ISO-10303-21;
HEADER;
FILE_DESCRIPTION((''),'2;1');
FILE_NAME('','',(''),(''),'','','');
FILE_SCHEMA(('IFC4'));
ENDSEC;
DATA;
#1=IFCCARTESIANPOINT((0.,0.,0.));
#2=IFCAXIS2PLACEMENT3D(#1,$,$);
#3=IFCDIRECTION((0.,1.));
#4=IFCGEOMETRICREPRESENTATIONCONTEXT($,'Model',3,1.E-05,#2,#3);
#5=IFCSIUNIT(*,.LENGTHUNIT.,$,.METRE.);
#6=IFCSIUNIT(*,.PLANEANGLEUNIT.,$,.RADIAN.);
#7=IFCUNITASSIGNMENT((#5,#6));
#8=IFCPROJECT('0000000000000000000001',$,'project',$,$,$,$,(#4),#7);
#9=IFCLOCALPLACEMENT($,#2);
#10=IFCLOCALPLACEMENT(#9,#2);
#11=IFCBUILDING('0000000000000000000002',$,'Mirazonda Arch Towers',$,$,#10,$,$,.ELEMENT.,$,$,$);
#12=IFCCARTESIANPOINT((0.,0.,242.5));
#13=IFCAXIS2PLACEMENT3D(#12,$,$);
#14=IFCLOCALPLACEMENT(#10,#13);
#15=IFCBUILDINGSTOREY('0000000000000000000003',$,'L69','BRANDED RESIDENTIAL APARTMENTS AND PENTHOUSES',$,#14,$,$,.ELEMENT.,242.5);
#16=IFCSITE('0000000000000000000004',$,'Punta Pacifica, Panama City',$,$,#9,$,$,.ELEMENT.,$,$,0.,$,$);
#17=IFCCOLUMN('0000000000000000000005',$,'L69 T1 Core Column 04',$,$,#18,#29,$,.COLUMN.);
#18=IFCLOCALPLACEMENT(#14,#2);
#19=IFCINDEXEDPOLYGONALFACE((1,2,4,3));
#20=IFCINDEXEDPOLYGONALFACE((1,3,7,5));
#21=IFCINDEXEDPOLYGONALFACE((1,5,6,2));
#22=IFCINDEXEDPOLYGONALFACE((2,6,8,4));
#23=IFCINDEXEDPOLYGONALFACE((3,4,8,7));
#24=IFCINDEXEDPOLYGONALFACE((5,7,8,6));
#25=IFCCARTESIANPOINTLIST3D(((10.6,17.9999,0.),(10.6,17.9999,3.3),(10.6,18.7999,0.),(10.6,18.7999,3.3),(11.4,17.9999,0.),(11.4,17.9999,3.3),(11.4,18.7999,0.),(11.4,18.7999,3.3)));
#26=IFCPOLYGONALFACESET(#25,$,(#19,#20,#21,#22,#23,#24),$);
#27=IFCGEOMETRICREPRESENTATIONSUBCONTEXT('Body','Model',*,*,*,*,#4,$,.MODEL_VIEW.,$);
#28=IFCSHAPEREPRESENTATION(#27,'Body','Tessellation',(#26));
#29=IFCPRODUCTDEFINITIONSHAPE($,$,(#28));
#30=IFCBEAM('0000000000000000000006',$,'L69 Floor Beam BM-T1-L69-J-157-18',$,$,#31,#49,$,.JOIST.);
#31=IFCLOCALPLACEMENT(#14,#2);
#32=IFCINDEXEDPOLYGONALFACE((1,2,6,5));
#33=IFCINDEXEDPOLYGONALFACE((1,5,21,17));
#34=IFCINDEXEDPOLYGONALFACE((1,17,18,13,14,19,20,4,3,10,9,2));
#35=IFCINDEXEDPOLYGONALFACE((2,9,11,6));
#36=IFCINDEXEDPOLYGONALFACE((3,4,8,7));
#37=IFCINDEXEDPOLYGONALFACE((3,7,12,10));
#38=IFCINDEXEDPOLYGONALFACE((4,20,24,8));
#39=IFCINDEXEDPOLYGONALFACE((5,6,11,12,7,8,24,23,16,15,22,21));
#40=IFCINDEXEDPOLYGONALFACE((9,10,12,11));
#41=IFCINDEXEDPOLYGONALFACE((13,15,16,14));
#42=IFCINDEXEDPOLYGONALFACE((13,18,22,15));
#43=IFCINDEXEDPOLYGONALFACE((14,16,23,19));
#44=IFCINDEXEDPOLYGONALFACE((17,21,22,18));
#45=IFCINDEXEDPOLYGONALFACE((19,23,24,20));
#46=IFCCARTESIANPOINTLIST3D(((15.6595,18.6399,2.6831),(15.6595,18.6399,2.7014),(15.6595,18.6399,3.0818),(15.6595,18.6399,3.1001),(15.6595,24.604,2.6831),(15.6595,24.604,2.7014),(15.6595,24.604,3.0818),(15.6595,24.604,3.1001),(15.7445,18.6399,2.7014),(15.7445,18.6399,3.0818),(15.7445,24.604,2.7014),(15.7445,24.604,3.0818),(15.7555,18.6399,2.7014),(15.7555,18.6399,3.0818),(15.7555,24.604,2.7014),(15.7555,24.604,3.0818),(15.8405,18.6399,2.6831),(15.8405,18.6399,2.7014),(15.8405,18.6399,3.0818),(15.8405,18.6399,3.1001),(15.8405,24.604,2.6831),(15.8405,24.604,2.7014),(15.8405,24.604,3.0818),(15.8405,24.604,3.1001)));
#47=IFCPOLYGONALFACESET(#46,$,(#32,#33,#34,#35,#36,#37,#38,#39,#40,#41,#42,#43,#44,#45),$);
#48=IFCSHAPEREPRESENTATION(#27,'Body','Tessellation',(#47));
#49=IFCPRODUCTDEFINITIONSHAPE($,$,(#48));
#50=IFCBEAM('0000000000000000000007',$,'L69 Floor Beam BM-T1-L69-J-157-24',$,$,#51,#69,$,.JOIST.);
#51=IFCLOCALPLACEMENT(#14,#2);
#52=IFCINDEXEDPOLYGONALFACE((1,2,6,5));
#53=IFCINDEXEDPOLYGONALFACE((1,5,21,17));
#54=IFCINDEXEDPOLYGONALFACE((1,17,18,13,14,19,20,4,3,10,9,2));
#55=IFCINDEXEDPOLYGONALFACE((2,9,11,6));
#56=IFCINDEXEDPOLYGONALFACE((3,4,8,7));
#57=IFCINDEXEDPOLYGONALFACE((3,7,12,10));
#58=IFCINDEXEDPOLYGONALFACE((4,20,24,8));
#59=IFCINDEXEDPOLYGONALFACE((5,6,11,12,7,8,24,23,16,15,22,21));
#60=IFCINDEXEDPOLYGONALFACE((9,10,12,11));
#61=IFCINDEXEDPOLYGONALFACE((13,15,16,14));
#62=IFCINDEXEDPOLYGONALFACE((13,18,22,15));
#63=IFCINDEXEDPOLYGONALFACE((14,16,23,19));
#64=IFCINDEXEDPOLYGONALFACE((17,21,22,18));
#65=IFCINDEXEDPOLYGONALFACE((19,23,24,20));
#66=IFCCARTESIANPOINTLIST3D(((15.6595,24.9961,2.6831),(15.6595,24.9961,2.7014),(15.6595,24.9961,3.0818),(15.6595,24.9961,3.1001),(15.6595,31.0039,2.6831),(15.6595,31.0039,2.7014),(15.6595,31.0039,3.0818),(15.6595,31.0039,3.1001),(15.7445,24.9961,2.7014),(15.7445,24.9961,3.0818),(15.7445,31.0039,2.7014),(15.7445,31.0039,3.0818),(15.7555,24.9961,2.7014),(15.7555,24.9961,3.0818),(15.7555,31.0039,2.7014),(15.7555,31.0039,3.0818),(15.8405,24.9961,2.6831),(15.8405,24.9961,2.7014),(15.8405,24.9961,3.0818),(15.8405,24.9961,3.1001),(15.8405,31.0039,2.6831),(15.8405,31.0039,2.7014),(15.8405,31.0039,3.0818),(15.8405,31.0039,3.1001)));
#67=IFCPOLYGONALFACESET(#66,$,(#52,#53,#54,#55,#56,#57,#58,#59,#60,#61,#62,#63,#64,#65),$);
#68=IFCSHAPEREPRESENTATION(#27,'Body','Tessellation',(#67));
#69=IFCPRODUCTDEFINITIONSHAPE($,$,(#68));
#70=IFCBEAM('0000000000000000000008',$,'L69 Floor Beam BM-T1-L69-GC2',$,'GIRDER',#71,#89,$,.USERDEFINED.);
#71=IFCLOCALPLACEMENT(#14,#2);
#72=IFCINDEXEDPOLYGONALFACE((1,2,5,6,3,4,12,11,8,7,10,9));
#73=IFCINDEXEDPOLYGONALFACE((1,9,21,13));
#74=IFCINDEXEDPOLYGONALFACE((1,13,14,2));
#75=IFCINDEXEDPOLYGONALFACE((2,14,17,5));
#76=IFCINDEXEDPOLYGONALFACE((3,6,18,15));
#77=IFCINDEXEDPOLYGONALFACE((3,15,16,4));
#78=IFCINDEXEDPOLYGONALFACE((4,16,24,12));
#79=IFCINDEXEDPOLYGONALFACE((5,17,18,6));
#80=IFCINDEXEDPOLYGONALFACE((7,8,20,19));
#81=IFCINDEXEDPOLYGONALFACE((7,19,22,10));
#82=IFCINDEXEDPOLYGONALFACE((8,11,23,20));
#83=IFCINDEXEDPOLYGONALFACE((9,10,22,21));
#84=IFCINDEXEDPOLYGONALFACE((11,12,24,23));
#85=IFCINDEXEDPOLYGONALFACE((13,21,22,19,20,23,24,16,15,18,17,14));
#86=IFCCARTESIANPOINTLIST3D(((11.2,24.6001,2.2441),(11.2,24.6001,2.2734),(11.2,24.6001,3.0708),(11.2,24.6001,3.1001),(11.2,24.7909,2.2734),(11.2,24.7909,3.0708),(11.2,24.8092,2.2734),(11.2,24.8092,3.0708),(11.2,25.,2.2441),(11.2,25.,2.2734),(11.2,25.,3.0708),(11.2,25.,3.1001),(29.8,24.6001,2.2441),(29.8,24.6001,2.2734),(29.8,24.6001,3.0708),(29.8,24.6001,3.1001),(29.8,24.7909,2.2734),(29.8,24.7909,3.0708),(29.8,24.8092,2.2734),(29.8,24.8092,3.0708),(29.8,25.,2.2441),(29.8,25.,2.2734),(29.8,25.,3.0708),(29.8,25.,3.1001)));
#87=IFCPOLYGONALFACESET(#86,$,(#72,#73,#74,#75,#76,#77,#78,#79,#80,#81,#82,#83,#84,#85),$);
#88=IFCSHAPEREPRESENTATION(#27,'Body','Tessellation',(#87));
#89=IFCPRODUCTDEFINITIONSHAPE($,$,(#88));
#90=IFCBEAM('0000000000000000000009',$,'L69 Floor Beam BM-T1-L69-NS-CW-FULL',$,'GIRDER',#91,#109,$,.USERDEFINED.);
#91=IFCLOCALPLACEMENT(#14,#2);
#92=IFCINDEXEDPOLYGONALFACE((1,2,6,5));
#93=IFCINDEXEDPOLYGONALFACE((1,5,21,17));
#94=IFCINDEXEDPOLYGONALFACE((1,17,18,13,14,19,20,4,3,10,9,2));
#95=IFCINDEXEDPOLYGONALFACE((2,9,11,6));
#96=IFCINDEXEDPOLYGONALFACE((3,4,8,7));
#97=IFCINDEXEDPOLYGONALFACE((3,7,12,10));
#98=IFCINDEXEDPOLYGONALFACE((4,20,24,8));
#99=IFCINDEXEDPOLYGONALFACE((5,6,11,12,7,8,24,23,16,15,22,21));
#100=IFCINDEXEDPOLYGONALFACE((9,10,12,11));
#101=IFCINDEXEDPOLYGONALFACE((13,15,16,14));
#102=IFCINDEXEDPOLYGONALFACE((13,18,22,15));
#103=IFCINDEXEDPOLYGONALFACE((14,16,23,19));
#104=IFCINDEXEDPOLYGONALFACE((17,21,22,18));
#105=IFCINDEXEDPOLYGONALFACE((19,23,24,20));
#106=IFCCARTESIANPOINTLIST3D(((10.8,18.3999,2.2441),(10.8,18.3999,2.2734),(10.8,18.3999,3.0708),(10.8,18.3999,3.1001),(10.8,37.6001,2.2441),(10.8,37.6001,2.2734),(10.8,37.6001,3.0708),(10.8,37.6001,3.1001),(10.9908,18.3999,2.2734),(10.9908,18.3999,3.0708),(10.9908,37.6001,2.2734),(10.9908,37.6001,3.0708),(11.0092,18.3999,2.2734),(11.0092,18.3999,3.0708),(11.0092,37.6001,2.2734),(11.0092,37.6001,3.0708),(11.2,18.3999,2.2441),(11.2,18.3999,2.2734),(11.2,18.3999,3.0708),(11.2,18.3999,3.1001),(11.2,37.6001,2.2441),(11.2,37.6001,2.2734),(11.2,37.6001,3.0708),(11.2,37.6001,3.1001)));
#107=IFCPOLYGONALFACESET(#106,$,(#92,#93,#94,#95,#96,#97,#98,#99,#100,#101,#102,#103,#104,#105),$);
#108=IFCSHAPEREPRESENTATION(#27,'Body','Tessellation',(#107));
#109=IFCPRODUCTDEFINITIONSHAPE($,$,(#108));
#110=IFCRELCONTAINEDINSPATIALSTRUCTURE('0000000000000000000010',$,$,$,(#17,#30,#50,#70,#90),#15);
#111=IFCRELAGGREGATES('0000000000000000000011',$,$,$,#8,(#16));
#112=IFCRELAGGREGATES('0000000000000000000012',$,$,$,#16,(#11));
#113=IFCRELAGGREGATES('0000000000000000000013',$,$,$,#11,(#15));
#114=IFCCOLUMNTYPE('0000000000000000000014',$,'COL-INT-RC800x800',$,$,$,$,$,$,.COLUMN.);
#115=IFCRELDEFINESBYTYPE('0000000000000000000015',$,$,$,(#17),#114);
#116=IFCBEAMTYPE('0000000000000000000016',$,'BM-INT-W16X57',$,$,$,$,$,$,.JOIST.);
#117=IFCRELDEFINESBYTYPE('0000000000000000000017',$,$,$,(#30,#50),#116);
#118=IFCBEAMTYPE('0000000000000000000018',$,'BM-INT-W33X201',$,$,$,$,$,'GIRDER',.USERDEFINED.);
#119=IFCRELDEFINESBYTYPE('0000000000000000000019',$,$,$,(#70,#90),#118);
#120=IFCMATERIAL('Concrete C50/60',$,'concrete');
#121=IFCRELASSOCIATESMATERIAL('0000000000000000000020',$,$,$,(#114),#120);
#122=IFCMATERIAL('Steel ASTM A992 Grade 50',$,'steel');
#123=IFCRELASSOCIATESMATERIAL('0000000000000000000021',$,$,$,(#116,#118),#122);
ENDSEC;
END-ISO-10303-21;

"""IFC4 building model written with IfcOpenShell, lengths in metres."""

from ifc_helpers import new_model, si_unit, direction, frame, origin, origin_2d, place, context, subcontext, project, spatial, rectangle, i_section, extrude, material, material_profile, profile_set, type_object, element, save


model = new_model("IFC4")

# Units and contexts
model_context = context("Model", 3, precision=1e-05, world=origin(), true_north=direction((0.0, 1.0)))
body_context = subcontext(model_context, "Body", "Model", "MODEL_VIEW")
ifc_project = project(units=[si_unit("LENGTHUNIT", "METRE"), si_unit("PLANEANGLEUNIT", "RADIAN")], contexts=[model_context])

# Site, building, storey
site_placement = place(None, origin())
site = spatial("IfcSite", under=ifc_project, at=site_placement, Name="Punta Pacifica, Panama City", CompositionType="ELEMENT", RefElevation=0.0)
building_placement = place(site_placement, origin())
building = spatial("IfcBuilding", under=site, at=building_placement, Name="Mirazonda Arch Towers", CompositionType="ELEMENT")
storey_placement = place(building_placement, frame((0.0, 0.0, 242.5)))
storey = spatial("IfcBuildingStorey", under=building, at=storey_placement, Name="L69", Description="BRANDED RESIDENTIAL APARTMENTS AND PENTHOUSES", CompositionType="ELEMENT", Elevation=242.5)

# Column
ifc_material_1 = material(Name="Concrete C50/60", Category="concrete")
ifc_material_profile_1 = material_profile(ifc_material_1, rectangle(XDim=0.8, YDim=0.8, at=origin_2d()), Name="RC800x800")
ifc_profile_set_1 = profile_set([ifc_material_profile_1], Name="Concrete C50/60")
column_type = type_object("IfcColumnType", Name="COL-INT-RC800x800", PredefinedType="COLUMN", material=ifc_profile_set_1)
column_placement = place(storey_placement, frame((11.0, 18.3999, 0.0), z_axis=(0.0, 0.0, 1.0), x_axis=(1.0, 0.0, 0.0)))
element("IfcColumn", 1, at=column_placement, inside=storey, type_object=column_type, Name="L69 T1 Core Column 04", PredefinedType="COLUMN", context=body_context, shape_type="SweptSolid", body=[
    extrude(rectangle(XDim=0.8, YDim=0.8, at=origin_2d()), origin(), (0.0, 0.0, 1.0), 3.3),
])

# Beams
ifc_material_2 = material(Name="Steel ASTM A992 Grade 50", Category="steel")
ifc_material_profile_2 = material_profile(ifc_material_2, i_section(OverallWidth=0.1809, OverallDepth=0.417, WebThickness=0.011, FlangeThickness=0.0183, at=origin_2d()), Name="W16X57")
ifc_profile_set_2 = profile_set([ifc_material_profile_2], Name="Steel ASTM A992 Grade 50")
beam_type_1 = type_object("IfcBeamType", Name="BM-INT-W16X57", PredefinedType="JOIST", material=ifc_profile_set_2)
beam_1_placement = place(storey_placement, frame((15.75, 18.6399, 2.8916), z_axis=(0.0, 1.0, 0.0), x_axis=(-1.0, 0.0, 0.0)))
element("IfcBeam", 2, at=beam_1_placement, inside=storey, type_object=beam_type_1, Name="L69 Floor Beam BM-T1-L69-J-157-18", PredefinedType="JOIST", context=body_context, shape_type="SweptSolid", body=[
    extrude(i_section(OverallWidth=0.1809, OverallDepth=0.417, WebThickness=0.011, FlangeThickness=0.0183, at=origin_2d()), origin(), (0.0, 0.0, 1.0), 5.9641),
])
beam_2_placement = place(storey_placement, frame((15.75, 24.9961, 2.8916), z_axis=(0.0, 1.0, 0.0), x_axis=(-1.0, 0.0, 0.0)))
element("IfcBeam", 3, at=beam_2_placement, inside=storey, type_object=beam_type_1, Name="L69 Floor Beam BM-T1-L69-J-157-24", PredefinedType="JOIST", context=body_context, shape_type="SweptSolid", body=[
    extrude(i_section(OverallWidth=0.1809, OverallDepth=0.417, WebThickness=0.011, FlangeThickness=0.0183, at=origin_2d()), origin(), (0.0, 0.0, 1.0), 6.0078),
])
ifc_material_profile_3 = material_profile(ifc_material_2, i_section(OverallWidth=0.3999, OverallDepth=0.856, WebThickness=0.0183, FlangeThickness=0.0293, at=origin_2d()), Name="W33X201")
ifc_profile_set_3 = profile_set([ifc_material_profile_3], Name="Steel ASTM A992 Grade 50")
beam_type_2 = type_object("IfcBeamType", Name="BM-INT-W33X201", ElementType="GIRDER", PredefinedType="USERDEFINED", material=ifc_profile_set_3)
beam_3_placement = place(storey_placement, frame((11.2, 24.8, 2.6721), z_axis=(1.0, 0.0, 0.0), x_axis=(0.0, 1.0, 0.0)))
element("IfcBeam", 4, at=beam_3_placement, inside=storey, type_object=beam_type_2, Name="L69 Floor Beam BM-T1-L69-GC2", ObjectType="GIRDER", PredefinedType="USERDEFINED", context=body_context, shape_type="SweptSolid", body=[
    extrude(i_section(OverallWidth=0.3999, OverallDepth=0.856, WebThickness=0.0183, FlangeThickness=0.0293, at=origin_2d()), origin(), (0.0, 0.0, 1.0), 18.6001),
])
beam_4_placement = place(storey_placement, frame((11.0, 18.3999, 2.6721), z_axis=(0.0, 1.0, 0.0), x_axis=(-1.0, 0.0, 0.0)))
element("IfcBeam", 5, at=beam_4_placement, inside=storey, type_object=beam_type_2, Name="L69 Floor Beam BM-T1-L69-NS-CW-FULL", ObjectType="GIRDER", PredefinedType="USERDEFINED", context=body_context, shape_type="SweptSolid", body=[
    extrude(i_section(OverallWidth=0.3999, OverallDepth=0.856, WebThickness=0.0183, FlangeThickness=0.0293, at=origin_2d()), origin(), (0.0, 0.0, 1.0), 19.2002),
])

save(model, "model.ifc")
